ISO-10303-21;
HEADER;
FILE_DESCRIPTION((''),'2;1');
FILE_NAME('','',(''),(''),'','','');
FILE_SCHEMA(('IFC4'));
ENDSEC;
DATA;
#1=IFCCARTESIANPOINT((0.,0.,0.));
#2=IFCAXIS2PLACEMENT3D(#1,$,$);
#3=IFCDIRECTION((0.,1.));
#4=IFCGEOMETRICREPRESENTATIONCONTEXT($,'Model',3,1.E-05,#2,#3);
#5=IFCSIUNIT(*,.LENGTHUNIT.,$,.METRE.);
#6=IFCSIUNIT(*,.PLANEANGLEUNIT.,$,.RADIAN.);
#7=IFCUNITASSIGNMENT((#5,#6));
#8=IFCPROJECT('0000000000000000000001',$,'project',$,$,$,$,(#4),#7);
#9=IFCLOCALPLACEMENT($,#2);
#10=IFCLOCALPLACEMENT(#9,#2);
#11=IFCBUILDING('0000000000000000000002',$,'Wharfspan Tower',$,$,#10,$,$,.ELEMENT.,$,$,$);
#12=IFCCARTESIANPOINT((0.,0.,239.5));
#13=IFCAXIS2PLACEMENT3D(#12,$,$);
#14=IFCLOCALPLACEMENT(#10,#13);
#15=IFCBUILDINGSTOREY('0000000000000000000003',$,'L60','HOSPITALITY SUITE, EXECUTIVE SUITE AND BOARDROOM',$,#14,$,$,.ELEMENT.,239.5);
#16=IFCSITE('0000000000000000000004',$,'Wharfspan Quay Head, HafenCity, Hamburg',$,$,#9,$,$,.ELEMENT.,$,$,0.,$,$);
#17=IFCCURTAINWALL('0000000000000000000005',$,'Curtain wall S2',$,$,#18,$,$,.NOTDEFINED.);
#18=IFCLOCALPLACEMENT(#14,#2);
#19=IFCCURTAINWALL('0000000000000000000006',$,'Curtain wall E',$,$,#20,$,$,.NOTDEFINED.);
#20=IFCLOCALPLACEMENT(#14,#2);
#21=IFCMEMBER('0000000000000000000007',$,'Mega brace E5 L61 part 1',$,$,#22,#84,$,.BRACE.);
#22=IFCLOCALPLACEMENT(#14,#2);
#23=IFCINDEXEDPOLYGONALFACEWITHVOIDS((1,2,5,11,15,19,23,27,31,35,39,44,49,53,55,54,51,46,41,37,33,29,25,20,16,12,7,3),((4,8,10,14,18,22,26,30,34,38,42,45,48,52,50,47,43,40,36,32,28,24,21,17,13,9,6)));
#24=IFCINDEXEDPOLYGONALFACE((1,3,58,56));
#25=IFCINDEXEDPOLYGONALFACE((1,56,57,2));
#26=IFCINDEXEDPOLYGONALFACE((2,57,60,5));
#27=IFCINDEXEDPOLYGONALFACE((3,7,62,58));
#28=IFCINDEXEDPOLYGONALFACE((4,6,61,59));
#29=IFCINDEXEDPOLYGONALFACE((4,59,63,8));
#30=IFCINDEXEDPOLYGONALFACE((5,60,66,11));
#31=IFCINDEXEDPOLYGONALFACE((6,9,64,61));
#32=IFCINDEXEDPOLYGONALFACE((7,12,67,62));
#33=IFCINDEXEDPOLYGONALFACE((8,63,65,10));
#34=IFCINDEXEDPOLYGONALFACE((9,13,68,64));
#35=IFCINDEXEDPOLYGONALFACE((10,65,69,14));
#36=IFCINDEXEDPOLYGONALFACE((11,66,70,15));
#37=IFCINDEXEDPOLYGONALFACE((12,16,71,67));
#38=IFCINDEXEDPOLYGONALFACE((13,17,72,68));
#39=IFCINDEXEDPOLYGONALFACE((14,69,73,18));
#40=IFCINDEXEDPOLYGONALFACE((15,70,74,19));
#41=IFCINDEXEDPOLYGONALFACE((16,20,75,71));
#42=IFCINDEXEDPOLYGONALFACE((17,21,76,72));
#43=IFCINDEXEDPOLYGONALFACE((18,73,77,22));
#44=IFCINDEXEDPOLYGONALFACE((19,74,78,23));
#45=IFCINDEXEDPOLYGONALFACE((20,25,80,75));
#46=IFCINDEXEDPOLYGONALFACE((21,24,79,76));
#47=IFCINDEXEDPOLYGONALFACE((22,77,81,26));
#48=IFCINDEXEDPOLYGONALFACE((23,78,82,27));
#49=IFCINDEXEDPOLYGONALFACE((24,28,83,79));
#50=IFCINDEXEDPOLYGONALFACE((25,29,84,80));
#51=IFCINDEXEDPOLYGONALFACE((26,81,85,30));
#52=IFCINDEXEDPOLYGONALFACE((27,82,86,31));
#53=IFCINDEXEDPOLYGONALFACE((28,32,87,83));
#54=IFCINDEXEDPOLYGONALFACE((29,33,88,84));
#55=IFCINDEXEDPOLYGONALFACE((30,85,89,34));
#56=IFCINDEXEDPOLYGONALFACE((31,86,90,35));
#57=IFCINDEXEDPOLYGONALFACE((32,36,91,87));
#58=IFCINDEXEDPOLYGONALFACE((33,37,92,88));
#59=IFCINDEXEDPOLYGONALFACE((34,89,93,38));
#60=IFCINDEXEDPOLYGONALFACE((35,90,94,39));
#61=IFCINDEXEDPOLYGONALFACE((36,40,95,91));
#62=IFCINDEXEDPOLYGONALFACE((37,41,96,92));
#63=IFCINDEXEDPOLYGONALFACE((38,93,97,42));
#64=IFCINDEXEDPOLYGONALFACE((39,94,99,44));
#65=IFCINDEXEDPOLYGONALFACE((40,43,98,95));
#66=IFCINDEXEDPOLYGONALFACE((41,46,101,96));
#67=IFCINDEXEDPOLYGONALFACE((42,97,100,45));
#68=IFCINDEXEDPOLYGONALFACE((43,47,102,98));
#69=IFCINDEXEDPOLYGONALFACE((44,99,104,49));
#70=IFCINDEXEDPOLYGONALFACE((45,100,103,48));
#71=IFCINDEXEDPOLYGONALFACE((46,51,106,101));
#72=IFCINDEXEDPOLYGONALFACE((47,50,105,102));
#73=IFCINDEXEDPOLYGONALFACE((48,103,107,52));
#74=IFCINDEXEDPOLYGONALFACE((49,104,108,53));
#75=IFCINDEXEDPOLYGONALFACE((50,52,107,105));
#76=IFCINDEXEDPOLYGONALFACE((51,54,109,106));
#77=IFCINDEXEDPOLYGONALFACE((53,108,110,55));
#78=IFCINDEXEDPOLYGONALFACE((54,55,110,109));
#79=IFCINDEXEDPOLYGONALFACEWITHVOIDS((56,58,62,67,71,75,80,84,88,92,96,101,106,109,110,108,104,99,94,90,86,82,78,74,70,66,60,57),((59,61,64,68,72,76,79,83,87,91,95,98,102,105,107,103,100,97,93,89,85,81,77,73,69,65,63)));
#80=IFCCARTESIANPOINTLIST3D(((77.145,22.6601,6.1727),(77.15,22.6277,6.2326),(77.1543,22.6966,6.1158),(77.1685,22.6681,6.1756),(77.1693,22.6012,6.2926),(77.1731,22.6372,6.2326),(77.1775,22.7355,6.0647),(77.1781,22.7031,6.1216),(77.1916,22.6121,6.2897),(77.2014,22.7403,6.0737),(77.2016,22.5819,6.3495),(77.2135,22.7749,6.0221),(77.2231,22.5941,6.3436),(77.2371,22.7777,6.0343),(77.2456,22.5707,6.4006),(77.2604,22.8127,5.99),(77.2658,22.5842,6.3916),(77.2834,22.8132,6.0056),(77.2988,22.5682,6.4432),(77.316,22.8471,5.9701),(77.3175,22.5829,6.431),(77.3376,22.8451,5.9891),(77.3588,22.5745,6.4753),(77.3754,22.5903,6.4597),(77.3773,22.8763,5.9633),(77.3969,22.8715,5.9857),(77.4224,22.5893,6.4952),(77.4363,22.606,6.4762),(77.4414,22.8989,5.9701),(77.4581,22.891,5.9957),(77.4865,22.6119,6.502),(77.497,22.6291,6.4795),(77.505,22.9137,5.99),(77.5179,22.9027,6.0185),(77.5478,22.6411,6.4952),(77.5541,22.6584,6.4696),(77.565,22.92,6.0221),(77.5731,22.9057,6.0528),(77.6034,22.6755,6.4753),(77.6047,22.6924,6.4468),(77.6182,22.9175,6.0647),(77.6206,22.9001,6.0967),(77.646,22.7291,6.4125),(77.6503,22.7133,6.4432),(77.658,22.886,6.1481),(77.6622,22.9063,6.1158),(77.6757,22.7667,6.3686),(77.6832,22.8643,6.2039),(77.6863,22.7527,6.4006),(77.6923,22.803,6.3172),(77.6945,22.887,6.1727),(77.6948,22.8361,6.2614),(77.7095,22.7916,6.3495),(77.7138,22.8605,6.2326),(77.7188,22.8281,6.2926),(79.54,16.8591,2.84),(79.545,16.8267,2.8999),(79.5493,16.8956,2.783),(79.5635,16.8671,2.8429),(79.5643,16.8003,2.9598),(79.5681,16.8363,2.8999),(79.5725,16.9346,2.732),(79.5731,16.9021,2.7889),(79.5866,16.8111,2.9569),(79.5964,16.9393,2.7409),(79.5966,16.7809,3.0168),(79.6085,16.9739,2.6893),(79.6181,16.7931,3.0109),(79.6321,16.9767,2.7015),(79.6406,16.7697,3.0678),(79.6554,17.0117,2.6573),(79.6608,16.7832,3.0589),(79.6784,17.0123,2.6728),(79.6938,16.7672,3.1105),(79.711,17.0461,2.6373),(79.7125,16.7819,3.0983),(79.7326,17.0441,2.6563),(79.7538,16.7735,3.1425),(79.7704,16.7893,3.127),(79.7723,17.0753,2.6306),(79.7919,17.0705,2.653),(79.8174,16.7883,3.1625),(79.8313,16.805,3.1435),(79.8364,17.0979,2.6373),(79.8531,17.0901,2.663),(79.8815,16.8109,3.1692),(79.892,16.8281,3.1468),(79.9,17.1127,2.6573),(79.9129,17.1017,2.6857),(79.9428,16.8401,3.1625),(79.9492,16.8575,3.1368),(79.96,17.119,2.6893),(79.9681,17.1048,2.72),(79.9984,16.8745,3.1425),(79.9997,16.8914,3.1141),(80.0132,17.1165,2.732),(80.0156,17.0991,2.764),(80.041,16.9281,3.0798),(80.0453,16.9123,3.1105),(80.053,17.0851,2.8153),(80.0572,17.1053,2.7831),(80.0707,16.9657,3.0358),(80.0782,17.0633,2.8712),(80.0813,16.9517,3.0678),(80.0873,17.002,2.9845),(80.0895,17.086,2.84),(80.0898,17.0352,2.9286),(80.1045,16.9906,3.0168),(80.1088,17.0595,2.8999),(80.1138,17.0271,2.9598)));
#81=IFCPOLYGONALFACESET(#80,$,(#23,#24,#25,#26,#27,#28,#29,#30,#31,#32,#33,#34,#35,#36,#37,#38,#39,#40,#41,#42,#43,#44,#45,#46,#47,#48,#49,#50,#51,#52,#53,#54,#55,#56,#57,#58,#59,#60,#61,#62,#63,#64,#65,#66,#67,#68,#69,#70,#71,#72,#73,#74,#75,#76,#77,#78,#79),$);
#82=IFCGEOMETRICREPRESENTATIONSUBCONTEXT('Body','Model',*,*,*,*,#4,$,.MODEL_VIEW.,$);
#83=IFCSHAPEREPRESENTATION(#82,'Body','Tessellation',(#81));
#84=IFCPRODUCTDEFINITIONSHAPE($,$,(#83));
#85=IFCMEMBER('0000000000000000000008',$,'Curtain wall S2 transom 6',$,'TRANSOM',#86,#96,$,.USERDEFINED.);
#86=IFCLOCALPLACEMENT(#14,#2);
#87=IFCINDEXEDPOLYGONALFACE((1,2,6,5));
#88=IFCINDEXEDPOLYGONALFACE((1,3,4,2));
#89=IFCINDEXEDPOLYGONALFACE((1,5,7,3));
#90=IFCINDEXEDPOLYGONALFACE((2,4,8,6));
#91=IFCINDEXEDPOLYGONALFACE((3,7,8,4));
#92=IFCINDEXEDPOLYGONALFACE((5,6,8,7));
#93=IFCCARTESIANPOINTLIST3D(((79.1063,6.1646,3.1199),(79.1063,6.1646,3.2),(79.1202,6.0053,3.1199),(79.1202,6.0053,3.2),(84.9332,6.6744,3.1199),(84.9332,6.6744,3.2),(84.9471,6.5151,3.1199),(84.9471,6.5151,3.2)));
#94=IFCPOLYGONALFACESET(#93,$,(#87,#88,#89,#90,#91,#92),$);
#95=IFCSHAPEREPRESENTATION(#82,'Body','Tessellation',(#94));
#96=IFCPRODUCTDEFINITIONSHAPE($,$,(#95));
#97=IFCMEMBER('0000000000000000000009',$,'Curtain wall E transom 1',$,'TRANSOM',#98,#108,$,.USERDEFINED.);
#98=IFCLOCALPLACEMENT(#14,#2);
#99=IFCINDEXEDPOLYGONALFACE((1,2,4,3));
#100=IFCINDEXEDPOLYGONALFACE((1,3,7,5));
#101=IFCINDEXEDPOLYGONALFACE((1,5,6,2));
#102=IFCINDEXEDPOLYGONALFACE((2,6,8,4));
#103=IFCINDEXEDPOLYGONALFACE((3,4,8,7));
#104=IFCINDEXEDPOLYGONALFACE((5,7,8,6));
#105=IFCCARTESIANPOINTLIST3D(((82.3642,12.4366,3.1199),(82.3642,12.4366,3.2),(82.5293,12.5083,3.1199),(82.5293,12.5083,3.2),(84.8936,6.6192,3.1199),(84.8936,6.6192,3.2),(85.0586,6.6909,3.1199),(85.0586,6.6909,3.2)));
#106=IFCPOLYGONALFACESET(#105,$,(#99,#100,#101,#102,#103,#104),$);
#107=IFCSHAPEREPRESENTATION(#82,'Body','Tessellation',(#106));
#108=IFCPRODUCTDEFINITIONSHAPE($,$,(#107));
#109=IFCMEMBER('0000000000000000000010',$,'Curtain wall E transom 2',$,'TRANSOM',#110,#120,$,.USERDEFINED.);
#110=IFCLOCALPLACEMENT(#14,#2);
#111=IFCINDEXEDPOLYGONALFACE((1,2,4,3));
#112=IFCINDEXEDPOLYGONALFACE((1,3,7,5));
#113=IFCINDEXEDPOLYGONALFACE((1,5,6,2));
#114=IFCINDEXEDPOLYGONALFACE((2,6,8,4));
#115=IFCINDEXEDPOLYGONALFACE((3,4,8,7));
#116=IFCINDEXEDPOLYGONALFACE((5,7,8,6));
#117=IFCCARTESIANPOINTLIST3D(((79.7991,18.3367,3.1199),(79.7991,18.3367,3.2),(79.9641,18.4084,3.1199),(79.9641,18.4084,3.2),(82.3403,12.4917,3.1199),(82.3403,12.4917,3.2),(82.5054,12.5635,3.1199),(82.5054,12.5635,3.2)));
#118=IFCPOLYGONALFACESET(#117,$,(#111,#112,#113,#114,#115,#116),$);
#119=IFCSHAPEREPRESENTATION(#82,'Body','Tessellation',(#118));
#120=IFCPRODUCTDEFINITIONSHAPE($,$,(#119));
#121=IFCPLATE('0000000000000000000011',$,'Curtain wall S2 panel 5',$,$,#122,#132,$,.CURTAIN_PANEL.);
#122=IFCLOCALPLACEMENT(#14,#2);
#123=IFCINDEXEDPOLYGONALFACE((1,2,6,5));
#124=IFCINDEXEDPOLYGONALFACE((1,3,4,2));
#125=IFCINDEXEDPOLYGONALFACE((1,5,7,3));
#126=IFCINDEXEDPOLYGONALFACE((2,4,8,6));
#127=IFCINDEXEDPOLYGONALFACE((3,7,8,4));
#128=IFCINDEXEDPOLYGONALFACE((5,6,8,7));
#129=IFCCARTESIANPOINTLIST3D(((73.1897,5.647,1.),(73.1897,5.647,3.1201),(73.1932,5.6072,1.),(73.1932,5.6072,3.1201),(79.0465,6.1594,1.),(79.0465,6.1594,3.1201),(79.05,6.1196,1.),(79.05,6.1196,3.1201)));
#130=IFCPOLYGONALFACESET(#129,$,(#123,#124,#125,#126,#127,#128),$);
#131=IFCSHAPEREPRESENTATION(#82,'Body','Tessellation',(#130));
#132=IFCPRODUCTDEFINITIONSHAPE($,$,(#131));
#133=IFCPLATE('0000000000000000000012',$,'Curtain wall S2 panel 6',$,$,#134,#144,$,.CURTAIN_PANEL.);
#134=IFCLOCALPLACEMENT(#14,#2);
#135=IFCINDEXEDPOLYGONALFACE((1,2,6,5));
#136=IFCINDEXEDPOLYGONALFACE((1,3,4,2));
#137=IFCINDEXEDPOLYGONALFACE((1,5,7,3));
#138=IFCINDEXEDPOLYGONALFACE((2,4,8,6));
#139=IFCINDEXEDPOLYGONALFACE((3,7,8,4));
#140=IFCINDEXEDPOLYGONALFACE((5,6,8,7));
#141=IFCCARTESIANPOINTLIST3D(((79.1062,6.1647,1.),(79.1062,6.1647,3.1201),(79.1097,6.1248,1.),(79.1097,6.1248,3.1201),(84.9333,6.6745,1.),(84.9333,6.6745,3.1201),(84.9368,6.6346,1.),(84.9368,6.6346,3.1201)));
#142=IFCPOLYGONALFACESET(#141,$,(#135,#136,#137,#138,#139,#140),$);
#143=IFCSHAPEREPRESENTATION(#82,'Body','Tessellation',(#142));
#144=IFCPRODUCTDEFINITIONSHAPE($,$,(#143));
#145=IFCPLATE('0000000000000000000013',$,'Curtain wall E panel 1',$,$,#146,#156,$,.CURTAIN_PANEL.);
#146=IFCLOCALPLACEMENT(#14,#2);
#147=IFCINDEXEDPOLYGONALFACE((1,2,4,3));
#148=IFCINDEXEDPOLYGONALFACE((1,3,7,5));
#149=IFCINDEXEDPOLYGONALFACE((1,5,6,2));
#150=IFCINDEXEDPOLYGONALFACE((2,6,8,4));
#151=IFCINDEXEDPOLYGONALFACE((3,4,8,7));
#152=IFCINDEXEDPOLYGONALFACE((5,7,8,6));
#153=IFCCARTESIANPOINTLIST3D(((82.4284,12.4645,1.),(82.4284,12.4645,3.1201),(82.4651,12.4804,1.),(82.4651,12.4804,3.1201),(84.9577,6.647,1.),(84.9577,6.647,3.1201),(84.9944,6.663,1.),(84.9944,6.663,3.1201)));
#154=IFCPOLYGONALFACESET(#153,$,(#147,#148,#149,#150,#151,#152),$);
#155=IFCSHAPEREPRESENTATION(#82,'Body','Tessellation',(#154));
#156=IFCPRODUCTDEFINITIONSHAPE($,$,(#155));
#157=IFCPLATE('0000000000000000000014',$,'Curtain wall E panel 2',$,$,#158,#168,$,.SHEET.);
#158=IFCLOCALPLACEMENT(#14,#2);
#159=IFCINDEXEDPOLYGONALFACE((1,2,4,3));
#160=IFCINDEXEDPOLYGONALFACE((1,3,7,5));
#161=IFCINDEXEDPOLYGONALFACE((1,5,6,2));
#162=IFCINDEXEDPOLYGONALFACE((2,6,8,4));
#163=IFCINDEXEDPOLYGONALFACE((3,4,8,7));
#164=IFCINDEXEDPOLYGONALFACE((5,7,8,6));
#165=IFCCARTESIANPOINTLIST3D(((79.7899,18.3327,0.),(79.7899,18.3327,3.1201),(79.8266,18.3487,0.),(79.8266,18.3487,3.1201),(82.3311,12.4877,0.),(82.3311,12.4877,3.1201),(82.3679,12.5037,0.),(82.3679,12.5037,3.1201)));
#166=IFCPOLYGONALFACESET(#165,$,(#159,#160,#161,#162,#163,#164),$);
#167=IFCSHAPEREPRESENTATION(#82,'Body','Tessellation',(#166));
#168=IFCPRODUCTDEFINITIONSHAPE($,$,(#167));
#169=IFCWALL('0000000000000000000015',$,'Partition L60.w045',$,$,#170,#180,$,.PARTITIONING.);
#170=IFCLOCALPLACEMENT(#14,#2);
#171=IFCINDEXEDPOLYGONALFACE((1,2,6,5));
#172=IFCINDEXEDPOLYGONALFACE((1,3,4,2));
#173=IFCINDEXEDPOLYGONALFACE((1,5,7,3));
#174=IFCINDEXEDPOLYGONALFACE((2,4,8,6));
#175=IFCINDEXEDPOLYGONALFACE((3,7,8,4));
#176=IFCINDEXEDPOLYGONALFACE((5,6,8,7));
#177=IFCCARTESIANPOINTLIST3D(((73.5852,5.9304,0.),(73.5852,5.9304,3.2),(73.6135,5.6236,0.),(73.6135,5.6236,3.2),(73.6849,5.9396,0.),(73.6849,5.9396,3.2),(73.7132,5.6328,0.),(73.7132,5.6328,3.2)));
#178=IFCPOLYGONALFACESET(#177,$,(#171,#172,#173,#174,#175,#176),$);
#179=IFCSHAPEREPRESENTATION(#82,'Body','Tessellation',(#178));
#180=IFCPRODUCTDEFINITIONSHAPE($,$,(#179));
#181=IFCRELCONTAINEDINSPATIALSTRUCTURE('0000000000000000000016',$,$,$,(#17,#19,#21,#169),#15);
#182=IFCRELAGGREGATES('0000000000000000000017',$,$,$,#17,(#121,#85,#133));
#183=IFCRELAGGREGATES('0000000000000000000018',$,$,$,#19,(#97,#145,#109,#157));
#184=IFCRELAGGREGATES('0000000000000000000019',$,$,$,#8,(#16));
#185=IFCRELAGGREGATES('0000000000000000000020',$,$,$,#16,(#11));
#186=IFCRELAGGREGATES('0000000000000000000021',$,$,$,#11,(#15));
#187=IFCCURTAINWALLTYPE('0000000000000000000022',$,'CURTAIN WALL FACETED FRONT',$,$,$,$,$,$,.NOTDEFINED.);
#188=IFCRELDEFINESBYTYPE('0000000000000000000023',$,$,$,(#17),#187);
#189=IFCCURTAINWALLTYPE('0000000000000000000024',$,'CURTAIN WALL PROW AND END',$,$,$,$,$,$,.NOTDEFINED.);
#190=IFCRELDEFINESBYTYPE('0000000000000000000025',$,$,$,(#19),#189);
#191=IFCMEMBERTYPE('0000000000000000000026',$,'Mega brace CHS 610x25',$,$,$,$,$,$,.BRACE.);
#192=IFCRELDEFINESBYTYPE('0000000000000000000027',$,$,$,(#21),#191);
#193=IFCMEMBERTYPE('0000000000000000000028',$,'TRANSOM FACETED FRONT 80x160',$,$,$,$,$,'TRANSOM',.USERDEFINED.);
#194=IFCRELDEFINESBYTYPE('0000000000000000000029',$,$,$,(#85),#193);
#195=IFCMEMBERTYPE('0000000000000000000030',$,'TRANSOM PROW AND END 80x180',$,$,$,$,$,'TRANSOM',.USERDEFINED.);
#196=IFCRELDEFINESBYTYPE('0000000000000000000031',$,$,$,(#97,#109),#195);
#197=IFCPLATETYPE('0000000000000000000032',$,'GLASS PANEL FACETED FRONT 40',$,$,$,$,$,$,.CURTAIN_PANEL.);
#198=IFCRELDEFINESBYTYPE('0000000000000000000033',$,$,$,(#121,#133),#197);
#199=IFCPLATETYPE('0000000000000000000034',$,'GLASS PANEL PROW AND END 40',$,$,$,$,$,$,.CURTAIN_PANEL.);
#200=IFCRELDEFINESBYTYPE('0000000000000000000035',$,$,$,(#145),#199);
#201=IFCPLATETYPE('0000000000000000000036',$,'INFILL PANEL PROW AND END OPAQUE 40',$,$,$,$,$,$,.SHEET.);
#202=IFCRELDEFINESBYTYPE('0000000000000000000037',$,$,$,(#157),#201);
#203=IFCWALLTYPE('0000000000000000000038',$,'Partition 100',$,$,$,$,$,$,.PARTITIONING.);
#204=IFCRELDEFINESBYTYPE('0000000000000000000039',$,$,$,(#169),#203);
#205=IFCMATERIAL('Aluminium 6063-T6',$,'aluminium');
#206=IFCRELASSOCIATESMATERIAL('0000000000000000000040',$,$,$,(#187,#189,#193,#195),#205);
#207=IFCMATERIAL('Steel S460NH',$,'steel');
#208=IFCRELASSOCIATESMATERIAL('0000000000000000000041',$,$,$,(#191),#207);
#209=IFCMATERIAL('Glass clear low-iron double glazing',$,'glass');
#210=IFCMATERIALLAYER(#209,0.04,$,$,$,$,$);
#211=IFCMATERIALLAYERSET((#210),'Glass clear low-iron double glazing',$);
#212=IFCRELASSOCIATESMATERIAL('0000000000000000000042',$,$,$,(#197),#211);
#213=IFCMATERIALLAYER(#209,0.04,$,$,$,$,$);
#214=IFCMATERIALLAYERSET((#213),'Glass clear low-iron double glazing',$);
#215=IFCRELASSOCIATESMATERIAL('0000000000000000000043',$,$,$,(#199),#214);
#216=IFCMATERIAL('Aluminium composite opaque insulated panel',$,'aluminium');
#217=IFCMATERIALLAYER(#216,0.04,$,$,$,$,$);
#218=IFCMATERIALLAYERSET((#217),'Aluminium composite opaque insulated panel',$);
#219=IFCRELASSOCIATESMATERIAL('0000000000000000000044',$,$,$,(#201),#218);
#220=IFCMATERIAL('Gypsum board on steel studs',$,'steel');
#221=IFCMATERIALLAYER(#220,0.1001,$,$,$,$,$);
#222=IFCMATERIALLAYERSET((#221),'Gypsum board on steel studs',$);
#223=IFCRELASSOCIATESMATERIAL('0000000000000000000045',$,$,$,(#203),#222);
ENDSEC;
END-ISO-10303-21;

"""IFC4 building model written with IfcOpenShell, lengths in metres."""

from ifc_helpers import new_model, si_unit, direction, frame, frame_2d, origin, origin_2d, place, context, subcontext, project, spatial, rectangle, hollow_circle, extrude, material, layer, layer_set, material_profile, profile_set, type_object, element, aggregate, save


model = new_model("IFC4")

# Units and contexts
model_context = context("Model", 3, precision=1e-05, world=origin(), true_north=direction((0.0, 1.0)))
body_context = subcontext(model_context, "Body", "Model", "MODEL_VIEW")
ifc_project = project(units=[si_unit("LENGTHUNIT", "METRE"), si_unit("PLANEANGLEUNIT", "RADIAN")], contexts=[model_context])

# Site, building, storey
site_placement = place(None, origin())
site = spatial("IfcSite", under=ifc_project, at=site_placement, Name="Wharfspan Quay Head, HafenCity, Hamburg", CompositionType="ELEMENT", RefElevation=0.0)
building_placement = place(site_placement, origin())
building = spatial("IfcBuilding", under=site, at=building_placement, Name="Wharfspan Tower", CompositionType="ELEMENT")
storey_placement = place(building_placement, frame((0.0, 0.0, 239.5)))
storey = spatial("IfcBuildingStorey", under=building, at=storey_placement, Name="L60", Description="HOSPITALITY SUITE, EXECUTIVE SUITE AND BOARDROOM", CompositionType="ELEMENT", Elevation=239.5)

# Curtain walls
ifc_material_1 = material(Name="Aluminium 6063-T6", Category="aluminium")
curtain_wall_type_1 = type_object("IfcCurtainWallType", Name="CURTAIN WALL FACETED FRONT", PredefinedType="NOTDEFINED", material=ifc_material_1)
curtain_wall_1_placement = place(storey_placement, origin())
curtain_wall_1 = element("IfcCurtainWall", 1, at=curtain_wall_1_placement, inside=storey, type_object=curtain_wall_type_1, Name="Curtain wall S2", PredefinedType="NOTDEFINED")
curtain_wall_type_2 = type_object("IfcCurtainWallType", Name="CURTAIN WALL PROW AND END", PredefinedType="NOTDEFINED", material=ifc_material_1)
curtain_wall_2_placement = place(storey_placement, origin())
curtain_wall_2 = element("IfcCurtainWall", 2, at=curtain_wall_2_placement, inside=storey, type_object=curtain_wall_type_2, Name="Curtain wall E", PredefinedType="NOTDEFINED")

# Members
ifc_material_2 = material(Name="Steel S460NH", Category="steel")
ifc_material_profile_1 = material_profile(ifc_material_2, hollow_circle(Radius=0.3049, WallThickness=0.0249, at=origin_2d()))
ifc_profile_set_1 = profile_set([ifc_material_profile_1], Name="Steel S460NH")
member_type_1 = type_object("IfcMemberType", Name="Mega brace CHS 610x25", PredefinedType="BRACE", material=ifc_profile_set_1)
member_1_placement = place(storey_placement, frame((79.8269, 16.9431, 2.8999), z_axis=(-0.337042, 0.816355, 0.469007), x_axis=(-0.924324, -0.381616, -0.000004)))
element("IfcMember", 3, at=member_1_placement, inside=storey, type_object=member_type_1, Name="Mega brace E5 L61 part 1", PredefinedType="BRACE", context=body_context, shape_type="SweptSolid", body=[
    extrude(hollow_circle(Radius=0.3049, WallThickness=0.0249, at=origin_2d()), origin(), (0.0, 0.0, 1.0), 7.106),
])
ifc_material_profile_2 = material_profile(ifc_material_1, rectangle(XDim=0.1599, YDim=0.0801, at=origin_2d()))
ifc_profile_set_2 = profile_set([ifc_material_profile_2], Name="Aluminium 6063-T6")
member_type_2 = type_object("IfcMemberType", Name="TRANSOM FACETED FRONT 80x160", ElementType="TRANSOM", PredefinedType="USERDEFINED", material=ifc_profile_set_2)
member_2_placement = place(storey_placement, frame((79.1133, 6.085, 3.1599), z_axis=(0.996195, 0.087152, 0.0), x_axis=(-0.087152, 0.996195, 0.0)))
member_2 = element("IfcMember", 4, at=member_2_placement, type_object=member_type_2, Name="Curtain wall S2 transom 6", ObjectType="TRANSOM", PredefinedType="USERDEFINED", context=body_context, shape_type="SweptSolid", body=[
    extrude(rectangle(XDim=0.1599, YDim=0.0801, at=origin_2d()), origin(), (0.0, 0.0, 1.0), 5.8491),
])
ifc_material_profile_3 = material_profile(ifc_material_1, rectangle(XDim=0.1799, YDim=0.0801, at=origin_2d()))
ifc_profile_set_3 = profile_set([ifc_material_profile_3], Name="Aluminium 6063-T6")
member_type_3 = type_object("IfcMemberType", Name="TRANSOM PROW AND END 80x180", ElementType="TRANSOM", PredefinedType="USERDEFINED", material=ifc_profile_set_3)
member_3_placement = place(storey_placement, frame((84.9761, 6.655, 3.1599), z_axis=(-0.398726, 0.91707, 0.0), x_axis=(-0.91707, -0.398726, 0.0)))
member_3 = element("IfcMember", 5, at=member_3_placement, type_object=member_type_3, Name="Curtain wall E transom 1", ObjectType="TRANSOM", PredefinedType="USERDEFINED", context=body_context, shape_type="SweptSolid", body=[
    extrude(rectangle(XDim=0.1799, YDim=0.0801, at=origin_2d()), origin(), (0.0, 0.0, 1.0), 6.3435),
])
member_4_placement = place(storey_placement, frame((82.4229, 12.5276, 3.1599), z_axis=(-0.398722, 0.917072, 0.0), x_axis=(-0.917072, -0.398722, 0.0)))
member_4 = element("IfcMember", 6, at=member_4_placement, type_object=member_type_3, Name="Curtain wall E transom 2", ObjectType="TRANSOM", PredefinedType="USERDEFINED", context=body_context, shape_type="SweptSolid", body=[
    extrude(rectangle(XDim=0.1799, YDim=0.0801, at=origin_2d()), origin(), (0.0, 0.0, 1.0), 6.3735),
])

# Plates
ifc_material_3 = material(Name="Glass clear low-iron double glazing", Category="glass")
ifc_layer_1 = layer(ifc_material_3, 0.04)
ifc_layer_set_1 = layer_set([ifc_layer_1], Name="Glass clear low-iron double glazing")
plate_type_1 = type_object("IfcPlateType", Name="GLASS PANEL FACETED FRONT 40", PredefinedType="CURTAIN_PANEL", material=ifc_layer_set_1)
plate_1_placement = place(storey_placement, frame((76.1199, 5.8833, 1.0), z_axis=(0.0, 0.0, 1.0), x_axis=(0.996197, 0.087156, 0.0)))
plate_1 = element("IfcPlate", 7, at=plate_1_placement, type_object=plate_type_1, Name="Curtain wall S2 panel 5", PredefinedType="CURTAIN_PANEL", context=body_context, shape_type="SweptSolid", body=[
    extrude(rectangle(XDim=5.8792, YDim=0.04, at=origin_2d()), origin(), (0.0, 0.0, 1.0), 2.1201),
])
plate_2_placement = place(storey_placement, frame((82.0215, 6.3997, 1.0), z_axis=(0.0, 0.0, 1.0), x_axis=(0.996197, 0.087156, 0.0)))
plate_2 = element("IfcPlate", 8, at=plate_2_placement, type_object=plate_type_1, Name="Curtain wall S2 panel 6", PredefinedType="CURTAIN_PANEL", context=body_context, shape_type="SweptSolid", body=[
    extrude(rectangle(XDim=5.8494, YDim=0.04, at=origin_2d()), origin(), (0.0, 0.0, 1.0), 2.1201),
])
aggregate(curtain_wall_1, [plate_1, member_2, plate_2])
ifc_layer_2 = layer(ifc_material_3, 0.04)
ifc_layer_set_2 = layer_set([ifc_layer_2], Name="Glass clear low-iron double glazing")
plate_type_2 = type_object("IfcPlateType", Name="GLASS PANEL PROW AND END 40", PredefinedType="CURTAIN_PANEL", material=ifc_layer_set_2)
plate_3_placement = place(storey_placement, frame((83.7114, 9.5637, 1.0), z_axis=(0.0, 0.0, 1.0), x_axis=(-0.398727, 0.917072, 0.0)))
plate_3 = element("IfcPlate", 9, at=plate_3_placement, type_object=plate_type_2, Name="Curtain wall E panel 1", PredefinedType="CURTAIN_PANEL", context=body_context, shape_type="SweptSolid", body=[
    extrude(rectangle(XDim=6.3435, YDim=0.04, at=origin_2d()), origin(), (0.0, 0.0, 1.0), 2.1201),
])
ifc_material_4 = material(Name="Aluminium composite opaque insulated panel", Category="aluminium")
ifc_layer_3 = layer(ifc_material_4, 0.04)
ifc_layer_set_3 = layer_set([ifc_layer_3], Name="Aluminium composite opaque insulated panel")
plate_type_3 = type_object("IfcPlateType", Name="INFILL PANEL PROW AND END OPAQUE 40", PredefinedType="SHEET", material=ifc_layer_set_3)
plate_4_placement = place(storey_placement, frame((81.0789, 15.4182, 0.0), z_axis=(0.0, 0.0, 1.0), x_axis=(-0.398727, 0.917072, 0.0)))
plate_4 = element("IfcPlate", 10, at=plate_4_placement, type_object=plate_type_3, Name="Curtain wall E panel 2", PredefinedType="SHEET", context=body_context, shape_type="SweptSolid", body=[
    extrude(rectangle(XDim=6.3735, YDim=0.04, at=origin_2d()), origin(), (0.0, 0.0, 1.0), 3.1201),
])
aggregate(curtain_wall_2, [member_3, plate_3, member_4, plate_4])

# Wall
ifc_material_5 = material(Name="Gypsum board on steel studs", Category="steel")
ifc_layer_4 = layer(ifc_material_5, 0.1001)
ifc_layer_set_4 = layer_set([ifc_layer_4], Name="Gypsum board on steel studs")
wall_type_1 = type_object("IfcWallType", Name="Partition 100", PredefinedType="PARTITIONING", material=ifc_layer_set_4)
wall_1_placement = place(storey_placement, frame((73.6633, 5.6282, 0.0), z_axis=(0.0, 0.0, 1.0), x_axis=(-0.091893, 0.995772, 0.0)))
element("IfcWall", 11, at=wall_1_placement, inside=storey, type_object=wall_type_1, Name="Partition L60.w045", PredefinedType="PARTITIONING", context=body_context, shape_type="SweptSolid", body=[
    extrude(rectangle(XDim=0.3081, YDim=0.1001, at=frame_2d((0.1541, 0.0))), origin(), (0.0, 0.0, 1.0), 3.2),
])

save(model, "model.ifc")
